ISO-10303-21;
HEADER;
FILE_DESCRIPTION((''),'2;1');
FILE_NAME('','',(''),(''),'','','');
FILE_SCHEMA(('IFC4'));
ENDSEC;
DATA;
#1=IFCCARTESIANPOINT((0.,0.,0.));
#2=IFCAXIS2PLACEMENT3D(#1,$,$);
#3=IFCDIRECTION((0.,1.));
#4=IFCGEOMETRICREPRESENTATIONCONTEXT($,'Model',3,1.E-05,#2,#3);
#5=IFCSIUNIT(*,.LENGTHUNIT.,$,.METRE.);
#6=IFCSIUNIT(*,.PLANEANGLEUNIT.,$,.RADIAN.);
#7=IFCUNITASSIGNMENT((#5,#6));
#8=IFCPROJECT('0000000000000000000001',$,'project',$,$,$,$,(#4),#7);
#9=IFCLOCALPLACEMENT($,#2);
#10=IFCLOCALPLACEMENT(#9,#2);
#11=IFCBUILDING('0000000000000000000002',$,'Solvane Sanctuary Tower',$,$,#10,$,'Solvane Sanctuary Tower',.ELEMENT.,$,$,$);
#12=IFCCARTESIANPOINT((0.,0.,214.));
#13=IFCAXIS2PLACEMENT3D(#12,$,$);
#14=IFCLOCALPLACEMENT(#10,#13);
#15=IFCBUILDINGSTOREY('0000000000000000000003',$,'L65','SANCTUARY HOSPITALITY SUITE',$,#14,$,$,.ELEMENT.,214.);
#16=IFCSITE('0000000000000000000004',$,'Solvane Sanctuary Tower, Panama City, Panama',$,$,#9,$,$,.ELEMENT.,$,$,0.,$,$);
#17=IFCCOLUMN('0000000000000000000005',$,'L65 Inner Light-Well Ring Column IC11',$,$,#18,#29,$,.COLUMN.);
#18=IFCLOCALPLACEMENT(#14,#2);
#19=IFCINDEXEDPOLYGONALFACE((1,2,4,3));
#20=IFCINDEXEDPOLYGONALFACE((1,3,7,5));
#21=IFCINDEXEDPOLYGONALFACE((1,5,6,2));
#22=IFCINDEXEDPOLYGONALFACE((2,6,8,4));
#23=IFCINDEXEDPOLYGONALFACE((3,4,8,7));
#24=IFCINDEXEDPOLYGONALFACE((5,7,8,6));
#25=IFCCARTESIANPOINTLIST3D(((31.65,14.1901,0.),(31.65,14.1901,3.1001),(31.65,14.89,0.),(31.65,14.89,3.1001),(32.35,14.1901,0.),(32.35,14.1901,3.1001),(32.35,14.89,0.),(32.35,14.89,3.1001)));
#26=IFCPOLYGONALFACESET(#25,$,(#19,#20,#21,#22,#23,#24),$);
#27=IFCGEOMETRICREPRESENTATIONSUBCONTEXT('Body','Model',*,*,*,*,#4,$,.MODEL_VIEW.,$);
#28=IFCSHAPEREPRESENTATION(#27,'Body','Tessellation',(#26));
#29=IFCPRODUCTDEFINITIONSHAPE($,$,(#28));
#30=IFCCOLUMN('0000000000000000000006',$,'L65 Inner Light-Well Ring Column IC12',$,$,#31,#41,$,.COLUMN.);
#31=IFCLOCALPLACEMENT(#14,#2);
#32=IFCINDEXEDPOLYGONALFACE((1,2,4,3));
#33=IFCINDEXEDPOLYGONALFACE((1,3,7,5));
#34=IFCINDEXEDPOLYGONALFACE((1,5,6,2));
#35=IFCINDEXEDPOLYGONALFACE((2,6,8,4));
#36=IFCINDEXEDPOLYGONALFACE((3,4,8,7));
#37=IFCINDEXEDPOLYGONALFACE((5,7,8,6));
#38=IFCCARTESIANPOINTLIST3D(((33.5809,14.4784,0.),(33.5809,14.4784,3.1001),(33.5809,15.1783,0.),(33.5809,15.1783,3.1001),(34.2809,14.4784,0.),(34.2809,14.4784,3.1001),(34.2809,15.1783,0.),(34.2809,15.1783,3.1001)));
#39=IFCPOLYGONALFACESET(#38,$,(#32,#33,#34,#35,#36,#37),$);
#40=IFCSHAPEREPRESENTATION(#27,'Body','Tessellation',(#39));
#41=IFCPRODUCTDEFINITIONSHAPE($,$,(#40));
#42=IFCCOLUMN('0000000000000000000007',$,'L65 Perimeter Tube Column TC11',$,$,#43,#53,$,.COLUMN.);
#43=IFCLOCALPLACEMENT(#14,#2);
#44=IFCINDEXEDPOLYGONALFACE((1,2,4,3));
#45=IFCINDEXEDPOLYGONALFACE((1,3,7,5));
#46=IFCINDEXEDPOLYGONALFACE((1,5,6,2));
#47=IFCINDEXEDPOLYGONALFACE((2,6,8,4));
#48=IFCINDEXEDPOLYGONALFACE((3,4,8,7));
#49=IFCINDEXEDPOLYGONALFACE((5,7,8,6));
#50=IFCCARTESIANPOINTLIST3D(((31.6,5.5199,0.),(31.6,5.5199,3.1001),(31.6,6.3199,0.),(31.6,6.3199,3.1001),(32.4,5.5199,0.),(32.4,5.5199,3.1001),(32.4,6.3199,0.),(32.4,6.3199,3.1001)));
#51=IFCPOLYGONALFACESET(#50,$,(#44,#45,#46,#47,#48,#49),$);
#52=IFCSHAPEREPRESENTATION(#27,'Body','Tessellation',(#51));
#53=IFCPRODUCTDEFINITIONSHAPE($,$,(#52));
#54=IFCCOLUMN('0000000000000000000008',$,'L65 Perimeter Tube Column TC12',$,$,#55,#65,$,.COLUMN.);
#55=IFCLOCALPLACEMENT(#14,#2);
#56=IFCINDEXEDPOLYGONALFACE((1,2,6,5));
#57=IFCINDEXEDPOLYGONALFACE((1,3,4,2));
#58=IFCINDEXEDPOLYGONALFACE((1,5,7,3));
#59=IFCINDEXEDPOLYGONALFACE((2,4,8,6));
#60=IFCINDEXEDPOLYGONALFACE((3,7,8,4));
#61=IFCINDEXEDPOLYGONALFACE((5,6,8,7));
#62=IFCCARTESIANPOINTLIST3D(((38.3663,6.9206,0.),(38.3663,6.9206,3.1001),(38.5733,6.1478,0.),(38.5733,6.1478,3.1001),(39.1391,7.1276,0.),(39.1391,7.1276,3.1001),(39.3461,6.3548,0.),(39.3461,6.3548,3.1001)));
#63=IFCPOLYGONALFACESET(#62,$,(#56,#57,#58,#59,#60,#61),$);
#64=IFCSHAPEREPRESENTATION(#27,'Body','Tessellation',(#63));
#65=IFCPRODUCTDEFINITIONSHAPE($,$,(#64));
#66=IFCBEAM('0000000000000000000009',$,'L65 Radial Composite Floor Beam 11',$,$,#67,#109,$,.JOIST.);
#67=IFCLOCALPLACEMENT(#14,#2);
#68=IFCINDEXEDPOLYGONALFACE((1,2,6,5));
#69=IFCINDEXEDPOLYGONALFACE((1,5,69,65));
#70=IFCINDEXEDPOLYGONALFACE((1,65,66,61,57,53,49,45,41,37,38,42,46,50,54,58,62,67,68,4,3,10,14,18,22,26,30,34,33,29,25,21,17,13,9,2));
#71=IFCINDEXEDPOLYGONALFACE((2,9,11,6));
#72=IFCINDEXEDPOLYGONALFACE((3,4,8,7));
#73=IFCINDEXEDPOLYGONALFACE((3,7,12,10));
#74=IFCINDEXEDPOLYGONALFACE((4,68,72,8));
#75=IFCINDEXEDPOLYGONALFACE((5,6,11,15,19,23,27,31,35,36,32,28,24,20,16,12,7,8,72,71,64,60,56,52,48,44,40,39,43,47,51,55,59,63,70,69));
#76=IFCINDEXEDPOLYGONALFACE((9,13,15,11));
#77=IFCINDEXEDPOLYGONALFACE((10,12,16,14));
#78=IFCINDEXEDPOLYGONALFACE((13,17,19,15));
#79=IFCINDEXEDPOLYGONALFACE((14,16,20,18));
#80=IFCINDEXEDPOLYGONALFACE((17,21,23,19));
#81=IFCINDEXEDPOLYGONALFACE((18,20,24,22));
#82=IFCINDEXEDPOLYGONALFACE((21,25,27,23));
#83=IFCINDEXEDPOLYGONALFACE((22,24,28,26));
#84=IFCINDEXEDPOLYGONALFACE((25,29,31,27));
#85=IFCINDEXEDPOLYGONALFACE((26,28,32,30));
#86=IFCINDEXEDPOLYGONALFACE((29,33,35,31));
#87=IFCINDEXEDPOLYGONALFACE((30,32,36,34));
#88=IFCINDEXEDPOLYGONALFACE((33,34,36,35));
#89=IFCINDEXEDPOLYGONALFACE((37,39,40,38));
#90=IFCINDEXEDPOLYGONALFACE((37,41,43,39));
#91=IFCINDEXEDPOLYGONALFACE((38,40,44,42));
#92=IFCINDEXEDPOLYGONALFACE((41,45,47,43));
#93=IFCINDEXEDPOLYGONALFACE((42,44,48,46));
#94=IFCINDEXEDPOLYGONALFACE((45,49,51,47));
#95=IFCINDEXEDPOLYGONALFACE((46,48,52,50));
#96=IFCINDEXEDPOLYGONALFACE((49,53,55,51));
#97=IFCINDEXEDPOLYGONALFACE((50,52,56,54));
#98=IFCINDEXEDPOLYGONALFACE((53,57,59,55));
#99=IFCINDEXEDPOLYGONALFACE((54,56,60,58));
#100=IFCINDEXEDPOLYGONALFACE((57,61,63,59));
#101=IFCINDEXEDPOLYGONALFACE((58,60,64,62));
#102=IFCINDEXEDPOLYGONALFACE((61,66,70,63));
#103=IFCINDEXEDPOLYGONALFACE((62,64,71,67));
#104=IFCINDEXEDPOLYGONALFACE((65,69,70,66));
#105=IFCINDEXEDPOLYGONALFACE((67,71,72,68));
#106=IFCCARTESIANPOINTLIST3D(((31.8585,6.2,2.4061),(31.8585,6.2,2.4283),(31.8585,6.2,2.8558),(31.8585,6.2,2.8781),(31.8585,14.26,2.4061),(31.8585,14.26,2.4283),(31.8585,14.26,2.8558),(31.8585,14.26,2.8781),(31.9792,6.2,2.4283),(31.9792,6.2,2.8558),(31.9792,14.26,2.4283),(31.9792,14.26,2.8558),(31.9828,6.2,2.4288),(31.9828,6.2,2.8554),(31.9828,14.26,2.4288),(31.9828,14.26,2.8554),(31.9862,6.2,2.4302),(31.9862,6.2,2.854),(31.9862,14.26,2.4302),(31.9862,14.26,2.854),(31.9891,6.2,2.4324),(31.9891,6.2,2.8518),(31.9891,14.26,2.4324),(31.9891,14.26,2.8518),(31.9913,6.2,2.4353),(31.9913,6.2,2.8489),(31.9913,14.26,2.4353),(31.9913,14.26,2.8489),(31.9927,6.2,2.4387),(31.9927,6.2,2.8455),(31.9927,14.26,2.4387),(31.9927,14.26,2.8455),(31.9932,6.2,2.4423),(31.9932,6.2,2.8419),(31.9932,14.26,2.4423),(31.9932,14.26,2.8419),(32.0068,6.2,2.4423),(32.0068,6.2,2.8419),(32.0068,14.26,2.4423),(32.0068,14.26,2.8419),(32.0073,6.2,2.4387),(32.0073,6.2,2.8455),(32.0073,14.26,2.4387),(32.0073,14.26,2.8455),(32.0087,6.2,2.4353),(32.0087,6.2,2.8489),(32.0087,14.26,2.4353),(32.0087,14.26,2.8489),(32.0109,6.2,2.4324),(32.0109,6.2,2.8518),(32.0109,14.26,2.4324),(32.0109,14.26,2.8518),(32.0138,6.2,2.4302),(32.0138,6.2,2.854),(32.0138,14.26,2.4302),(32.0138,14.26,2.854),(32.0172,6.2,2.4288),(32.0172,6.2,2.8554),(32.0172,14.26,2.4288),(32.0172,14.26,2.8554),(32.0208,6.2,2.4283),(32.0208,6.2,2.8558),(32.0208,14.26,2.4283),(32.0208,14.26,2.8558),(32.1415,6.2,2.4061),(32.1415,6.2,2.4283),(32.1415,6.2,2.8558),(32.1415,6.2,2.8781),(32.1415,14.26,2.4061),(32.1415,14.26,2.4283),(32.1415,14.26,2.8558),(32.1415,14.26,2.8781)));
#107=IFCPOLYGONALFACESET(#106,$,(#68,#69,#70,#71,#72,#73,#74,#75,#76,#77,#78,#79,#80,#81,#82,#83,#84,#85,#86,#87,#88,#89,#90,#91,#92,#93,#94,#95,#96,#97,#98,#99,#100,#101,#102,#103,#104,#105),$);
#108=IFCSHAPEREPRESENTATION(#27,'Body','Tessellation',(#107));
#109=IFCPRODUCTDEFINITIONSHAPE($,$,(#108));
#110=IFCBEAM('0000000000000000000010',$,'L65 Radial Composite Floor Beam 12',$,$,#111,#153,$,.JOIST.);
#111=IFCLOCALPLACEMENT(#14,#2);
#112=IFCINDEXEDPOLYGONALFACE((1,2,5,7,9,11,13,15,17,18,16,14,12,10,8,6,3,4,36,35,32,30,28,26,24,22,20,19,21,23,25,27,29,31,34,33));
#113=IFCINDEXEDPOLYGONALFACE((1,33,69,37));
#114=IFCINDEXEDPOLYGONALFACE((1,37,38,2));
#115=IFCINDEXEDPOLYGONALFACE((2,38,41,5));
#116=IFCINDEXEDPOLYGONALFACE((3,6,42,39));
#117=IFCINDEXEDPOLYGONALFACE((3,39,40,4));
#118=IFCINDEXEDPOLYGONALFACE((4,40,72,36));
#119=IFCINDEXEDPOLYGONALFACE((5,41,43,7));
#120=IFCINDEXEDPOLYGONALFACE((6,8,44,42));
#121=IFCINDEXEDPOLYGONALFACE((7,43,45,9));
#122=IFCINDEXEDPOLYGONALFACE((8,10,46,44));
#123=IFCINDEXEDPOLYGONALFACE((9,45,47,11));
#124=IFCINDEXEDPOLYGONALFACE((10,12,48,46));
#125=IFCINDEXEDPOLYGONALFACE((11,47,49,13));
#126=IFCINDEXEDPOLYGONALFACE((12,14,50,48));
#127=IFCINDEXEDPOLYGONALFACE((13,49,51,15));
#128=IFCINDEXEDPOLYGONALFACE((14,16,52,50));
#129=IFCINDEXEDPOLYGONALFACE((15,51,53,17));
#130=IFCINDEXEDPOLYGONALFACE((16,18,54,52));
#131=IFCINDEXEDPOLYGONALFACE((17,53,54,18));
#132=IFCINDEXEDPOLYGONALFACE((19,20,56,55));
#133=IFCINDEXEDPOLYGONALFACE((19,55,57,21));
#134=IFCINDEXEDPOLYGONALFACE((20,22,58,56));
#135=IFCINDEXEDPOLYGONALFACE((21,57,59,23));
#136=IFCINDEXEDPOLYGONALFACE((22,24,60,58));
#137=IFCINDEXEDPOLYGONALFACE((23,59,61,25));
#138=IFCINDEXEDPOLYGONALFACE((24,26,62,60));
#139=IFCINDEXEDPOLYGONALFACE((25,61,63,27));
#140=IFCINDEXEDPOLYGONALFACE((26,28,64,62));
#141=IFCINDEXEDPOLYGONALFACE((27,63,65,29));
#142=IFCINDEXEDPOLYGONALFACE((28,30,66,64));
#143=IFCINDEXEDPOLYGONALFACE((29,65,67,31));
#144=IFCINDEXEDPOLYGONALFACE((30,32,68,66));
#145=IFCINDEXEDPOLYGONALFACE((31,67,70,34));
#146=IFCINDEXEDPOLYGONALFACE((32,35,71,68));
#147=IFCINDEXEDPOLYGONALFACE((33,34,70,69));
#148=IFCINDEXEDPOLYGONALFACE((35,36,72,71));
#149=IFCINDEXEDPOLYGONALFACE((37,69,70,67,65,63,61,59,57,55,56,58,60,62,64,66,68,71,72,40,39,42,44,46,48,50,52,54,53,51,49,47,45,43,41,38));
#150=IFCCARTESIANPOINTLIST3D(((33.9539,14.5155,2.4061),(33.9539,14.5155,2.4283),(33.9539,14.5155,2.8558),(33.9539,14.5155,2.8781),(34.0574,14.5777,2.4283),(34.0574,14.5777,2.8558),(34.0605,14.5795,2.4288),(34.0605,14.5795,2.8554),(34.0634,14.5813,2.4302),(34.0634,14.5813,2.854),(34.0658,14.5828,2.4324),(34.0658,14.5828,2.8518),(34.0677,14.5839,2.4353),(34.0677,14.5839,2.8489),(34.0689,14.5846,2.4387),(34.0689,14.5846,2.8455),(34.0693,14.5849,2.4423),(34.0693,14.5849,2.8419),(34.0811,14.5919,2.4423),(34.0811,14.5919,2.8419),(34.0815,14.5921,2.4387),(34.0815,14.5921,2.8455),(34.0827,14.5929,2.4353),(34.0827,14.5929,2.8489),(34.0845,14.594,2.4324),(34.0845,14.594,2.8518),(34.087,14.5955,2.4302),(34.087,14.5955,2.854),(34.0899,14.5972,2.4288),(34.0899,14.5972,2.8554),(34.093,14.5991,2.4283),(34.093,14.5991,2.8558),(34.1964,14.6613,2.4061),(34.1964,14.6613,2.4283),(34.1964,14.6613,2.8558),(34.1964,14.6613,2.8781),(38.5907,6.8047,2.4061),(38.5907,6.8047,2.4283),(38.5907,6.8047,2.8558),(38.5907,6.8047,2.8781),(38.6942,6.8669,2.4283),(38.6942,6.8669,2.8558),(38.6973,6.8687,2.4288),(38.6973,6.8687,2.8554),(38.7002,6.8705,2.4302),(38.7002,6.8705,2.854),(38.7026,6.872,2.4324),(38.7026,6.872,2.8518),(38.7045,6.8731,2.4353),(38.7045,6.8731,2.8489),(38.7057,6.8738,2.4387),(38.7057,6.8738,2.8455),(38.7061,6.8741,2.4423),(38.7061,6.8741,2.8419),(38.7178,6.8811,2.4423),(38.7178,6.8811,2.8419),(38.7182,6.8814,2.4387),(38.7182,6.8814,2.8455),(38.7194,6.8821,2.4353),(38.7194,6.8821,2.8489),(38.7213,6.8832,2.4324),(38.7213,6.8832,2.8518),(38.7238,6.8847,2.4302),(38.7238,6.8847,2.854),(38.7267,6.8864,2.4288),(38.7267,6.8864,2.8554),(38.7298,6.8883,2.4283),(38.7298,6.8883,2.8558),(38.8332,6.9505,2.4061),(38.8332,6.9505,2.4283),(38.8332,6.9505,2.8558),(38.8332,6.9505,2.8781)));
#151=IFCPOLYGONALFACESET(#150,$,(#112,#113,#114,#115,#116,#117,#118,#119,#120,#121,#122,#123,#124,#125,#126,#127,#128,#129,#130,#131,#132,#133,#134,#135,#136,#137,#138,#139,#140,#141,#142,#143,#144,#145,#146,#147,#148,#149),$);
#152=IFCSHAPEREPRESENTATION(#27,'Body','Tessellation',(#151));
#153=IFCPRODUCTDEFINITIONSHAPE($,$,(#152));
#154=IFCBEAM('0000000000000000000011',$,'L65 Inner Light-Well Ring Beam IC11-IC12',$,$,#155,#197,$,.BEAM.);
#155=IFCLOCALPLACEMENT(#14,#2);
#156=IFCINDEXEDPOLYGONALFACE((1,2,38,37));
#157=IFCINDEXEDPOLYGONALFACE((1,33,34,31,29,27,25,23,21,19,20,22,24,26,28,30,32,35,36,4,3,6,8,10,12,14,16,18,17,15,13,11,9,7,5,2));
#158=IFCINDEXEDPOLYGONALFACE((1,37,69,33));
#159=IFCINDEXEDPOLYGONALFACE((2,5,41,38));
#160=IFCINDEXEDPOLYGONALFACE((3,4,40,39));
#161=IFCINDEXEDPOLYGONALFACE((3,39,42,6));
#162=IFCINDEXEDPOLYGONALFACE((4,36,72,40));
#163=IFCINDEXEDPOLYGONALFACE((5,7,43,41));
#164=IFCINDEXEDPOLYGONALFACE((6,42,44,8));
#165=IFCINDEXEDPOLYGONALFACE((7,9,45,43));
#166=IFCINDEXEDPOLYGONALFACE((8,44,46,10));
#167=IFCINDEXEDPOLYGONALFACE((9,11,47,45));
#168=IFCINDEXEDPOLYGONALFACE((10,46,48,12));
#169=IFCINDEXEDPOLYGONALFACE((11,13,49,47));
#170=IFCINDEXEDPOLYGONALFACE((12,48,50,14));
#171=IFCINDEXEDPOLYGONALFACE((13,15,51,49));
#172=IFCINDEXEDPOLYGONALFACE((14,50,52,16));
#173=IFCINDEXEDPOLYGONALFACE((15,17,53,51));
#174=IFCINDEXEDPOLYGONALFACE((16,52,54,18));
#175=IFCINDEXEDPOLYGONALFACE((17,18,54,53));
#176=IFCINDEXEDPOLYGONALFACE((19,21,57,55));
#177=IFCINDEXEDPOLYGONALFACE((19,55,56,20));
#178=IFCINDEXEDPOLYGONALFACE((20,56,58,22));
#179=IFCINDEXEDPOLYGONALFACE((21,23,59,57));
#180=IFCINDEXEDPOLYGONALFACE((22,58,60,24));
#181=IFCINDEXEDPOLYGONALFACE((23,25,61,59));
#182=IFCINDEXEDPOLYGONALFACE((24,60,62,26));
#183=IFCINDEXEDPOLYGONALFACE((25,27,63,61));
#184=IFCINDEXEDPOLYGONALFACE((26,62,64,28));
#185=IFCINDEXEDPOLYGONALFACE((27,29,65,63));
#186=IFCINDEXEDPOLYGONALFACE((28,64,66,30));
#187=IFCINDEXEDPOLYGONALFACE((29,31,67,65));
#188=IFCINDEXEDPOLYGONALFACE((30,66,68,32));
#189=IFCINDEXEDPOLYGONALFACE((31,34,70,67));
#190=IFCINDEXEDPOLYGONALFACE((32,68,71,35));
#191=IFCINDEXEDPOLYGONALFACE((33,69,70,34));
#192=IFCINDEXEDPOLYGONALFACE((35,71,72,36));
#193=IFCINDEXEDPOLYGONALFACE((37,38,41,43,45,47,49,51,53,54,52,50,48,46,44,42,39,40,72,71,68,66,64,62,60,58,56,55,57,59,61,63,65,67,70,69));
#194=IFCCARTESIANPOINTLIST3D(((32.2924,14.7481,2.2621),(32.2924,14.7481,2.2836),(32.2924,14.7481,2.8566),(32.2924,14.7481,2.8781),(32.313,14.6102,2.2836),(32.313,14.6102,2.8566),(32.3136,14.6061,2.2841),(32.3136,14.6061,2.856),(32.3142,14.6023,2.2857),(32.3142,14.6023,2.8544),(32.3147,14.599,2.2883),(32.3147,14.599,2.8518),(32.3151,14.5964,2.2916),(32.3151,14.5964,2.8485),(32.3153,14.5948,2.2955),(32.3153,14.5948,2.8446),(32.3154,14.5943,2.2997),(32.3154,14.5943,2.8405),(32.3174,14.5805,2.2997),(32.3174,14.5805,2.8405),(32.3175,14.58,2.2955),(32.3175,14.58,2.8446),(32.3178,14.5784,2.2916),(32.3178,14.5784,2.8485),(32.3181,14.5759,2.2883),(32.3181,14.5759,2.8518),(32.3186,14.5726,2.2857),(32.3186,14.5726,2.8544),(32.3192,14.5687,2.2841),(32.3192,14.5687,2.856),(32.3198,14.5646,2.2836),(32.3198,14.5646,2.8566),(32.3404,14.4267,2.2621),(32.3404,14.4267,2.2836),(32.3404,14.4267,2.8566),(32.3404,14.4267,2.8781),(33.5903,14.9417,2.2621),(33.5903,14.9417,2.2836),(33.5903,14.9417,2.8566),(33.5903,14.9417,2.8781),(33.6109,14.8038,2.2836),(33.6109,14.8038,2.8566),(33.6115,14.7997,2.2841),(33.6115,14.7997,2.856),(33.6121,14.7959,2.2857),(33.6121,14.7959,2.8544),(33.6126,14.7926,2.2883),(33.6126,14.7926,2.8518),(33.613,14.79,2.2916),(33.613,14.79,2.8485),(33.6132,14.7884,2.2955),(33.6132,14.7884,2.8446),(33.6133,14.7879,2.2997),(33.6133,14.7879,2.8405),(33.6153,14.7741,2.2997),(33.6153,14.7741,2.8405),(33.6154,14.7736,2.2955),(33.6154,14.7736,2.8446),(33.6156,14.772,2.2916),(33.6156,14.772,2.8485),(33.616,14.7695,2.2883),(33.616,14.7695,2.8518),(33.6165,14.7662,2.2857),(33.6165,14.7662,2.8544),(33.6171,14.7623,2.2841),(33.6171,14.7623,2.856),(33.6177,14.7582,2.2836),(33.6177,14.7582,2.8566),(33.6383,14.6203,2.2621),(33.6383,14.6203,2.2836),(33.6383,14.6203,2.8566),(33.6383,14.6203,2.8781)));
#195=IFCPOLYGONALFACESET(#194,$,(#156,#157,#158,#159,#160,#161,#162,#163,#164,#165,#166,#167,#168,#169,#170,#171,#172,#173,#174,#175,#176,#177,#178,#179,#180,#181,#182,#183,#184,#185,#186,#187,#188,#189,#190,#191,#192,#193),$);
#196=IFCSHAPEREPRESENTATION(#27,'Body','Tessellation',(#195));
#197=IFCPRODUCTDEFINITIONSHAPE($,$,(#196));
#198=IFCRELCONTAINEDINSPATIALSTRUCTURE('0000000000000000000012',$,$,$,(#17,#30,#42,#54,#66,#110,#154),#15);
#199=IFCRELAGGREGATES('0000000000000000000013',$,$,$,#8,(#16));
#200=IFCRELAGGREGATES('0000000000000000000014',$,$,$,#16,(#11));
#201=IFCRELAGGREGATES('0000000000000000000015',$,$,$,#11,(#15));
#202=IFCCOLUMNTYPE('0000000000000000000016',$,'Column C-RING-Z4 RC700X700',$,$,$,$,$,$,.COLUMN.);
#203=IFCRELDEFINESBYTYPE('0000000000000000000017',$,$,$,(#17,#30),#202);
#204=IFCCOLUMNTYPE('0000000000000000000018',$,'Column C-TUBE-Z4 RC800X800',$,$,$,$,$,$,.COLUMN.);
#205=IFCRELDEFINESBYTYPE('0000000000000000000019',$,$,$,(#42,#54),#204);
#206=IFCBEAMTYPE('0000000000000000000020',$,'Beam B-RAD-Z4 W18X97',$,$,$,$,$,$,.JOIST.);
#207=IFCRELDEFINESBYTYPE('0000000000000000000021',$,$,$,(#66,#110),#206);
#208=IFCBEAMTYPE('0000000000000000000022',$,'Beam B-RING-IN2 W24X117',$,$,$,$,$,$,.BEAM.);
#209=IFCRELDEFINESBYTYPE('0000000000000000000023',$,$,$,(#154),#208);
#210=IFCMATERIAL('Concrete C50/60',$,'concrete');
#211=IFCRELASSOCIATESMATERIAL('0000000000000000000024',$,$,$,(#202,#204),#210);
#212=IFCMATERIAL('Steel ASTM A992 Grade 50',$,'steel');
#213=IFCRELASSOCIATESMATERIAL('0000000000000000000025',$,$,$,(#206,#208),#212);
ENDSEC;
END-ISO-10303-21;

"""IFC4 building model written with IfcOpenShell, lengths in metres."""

from ifc_helpers import new_model, si_unit, direction, frame, origin, origin_2d, place, context, subcontext, project, spatial, rectangle, i_section, extrude, material, material_profile, profile_set, type_object, element, save


model = new_model("IFC4")

# Units and contexts
model_context = context("Model", 3, precision=1e-05, world=origin(), true_north=direction((0.0, 1.0)))
body_context = subcontext(model_context, "Body", "Model", "MODEL_VIEW")
ifc_project = project(units=[si_unit("LENGTHUNIT", "METRE"), si_unit("PLANEANGLEUNIT", "RADIAN")], contexts=[model_context])

# Site, building, storey
site_placement = place(None, origin())
site = spatial("IfcSite", under=ifc_project, at=site_placement, Name="Solvane Sanctuary Tower, Panama City, Panama", CompositionType="ELEMENT", RefElevation=0.0)
building_placement = place(site_placement, origin())
building = spatial("IfcBuilding", under=site, at=building_placement, Name="Solvane Sanctuary Tower", LongName="Solvane Sanctuary Tower", CompositionType="ELEMENT")
storey_placement = place(building_placement, frame((0.0, 0.0, 214.0)))
storey = spatial("IfcBuildingStorey", under=building, at=storey_placement, Name="L65", Description="SANCTUARY HOSPITALITY SUITE", CompositionType="ELEMENT", Elevation=214.0)

# Columns
ifc_material_1 = material(Name="Concrete C50/60", Category="concrete")
ifc_material_profile_1 = material_profile(ifc_material_1, rectangle(XDim=0.7, YDim=0.7, at=origin_2d()), Name="RC700X700")
ifc_profile_set_1 = profile_set([ifc_material_profile_1], Name="Concrete C50/60")
column_type_1 = type_object("IfcColumnType", Name="Column C-RING-Z4 RC700X700", PredefinedType="COLUMN", material=ifc_profile_set_1)
for number, where, z_axis, x_axis, name in (
    (1, (32.0, 14.54, 0.0), (0.0, 0.0, 1.0), (1.0, 0.0, 0.0), "L65 Inner Light-Well Ring Column IC11"),
    (2, (33.9309, 14.8284, 0.0), (0.0, 0.0, 1.0), (1.0, 0.0, 0.0), "L65 Inner Light-Well Ring Column IC12"),
):
    element("IfcColumn", number, at=place(storey_placement, frame(where, z_axis=z_axis, x_axis=x_axis)), inside=storey, type_object=column_type_1, Name=name, PredefinedType="COLUMN", context=body_context, shape_type="SweptSolid", body=[
        extrude(rectangle(XDim=0.7, YDim=0.7, at=origin_2d()), origin(), (0.0, 0.0, 1.0), 3.1001),
    ])
ifc_material_profile_2 = material_profile(ifc_material_1, rectangle(XDim=0.8, YDim=0.8, at=origin_2d()), Name="RC800X800")
ifc_profile_set_2 = profile_set([ifc_material_profile_2], Name="Concrete C50/60")
column_type_2 = type_object("IfcColumnType", Name="Column C-TUBE-Z4 RC800X800", PredefinedType="COLUMN", material=ifc_profile_set_2)
for number, where, z_axis, x_axis, name in (
    (3, (32.0, 5.9199, 0.0), (0.0, 0.0, 1.0), (0.0, -1.0, 0.0), "L65 Perimeter Tube Column TC11"),
    (4, (38.8562, 6.6377, 0.0), (0.0, 0.0, 1.0), (0.258819, -0.965926, 0.0), "L65 Perimeter Tube Column TC12"),
):
    element("IfcColumn", number, at=place(storey_placement, frame(where, z_axis=z_axis, x_axis=x_axis)), inside=storey, type_object=column_type_2, Name=name, PredefinedType="COLUMN", context=body_context, shape_type="SweptSolid", body=[
        extrude(rectangle(XDim=0.8, YDim=0.8, at=origin_2d()), origin(), (0.0, 0.0, 1.0), 3.1001),
    ])

# Beams
ifc_material_2 = material(Name="Steel ASTM A992 Grade 50", Category="steel")
ifc_material_profile_3 = material_profile(ifc_material_2, i_section(OverallWidth=0.283, OverallDepth=0.4719, WebThickness=0.0137, FlangeThickness=0.0222, FilletRadius=0.0139, at=origin_2d()), Name="W18X97")
ifc_profile_set_3 = profile_set([ifc_material_profile_3], Name="Steel ASTM A992 Grade 50")
beam_type_1 = type_object("IfcBeamType", Name="Beam B-RAD-Z4 W18X97", PredefinedType="JOIST", material=ifc_profile_set_3)
beam_1_placement = place(storey_placement, frame((32.0, 14.26, 2.6421), z_axis=(0.0, -1.0, 0.0), x_axis=(1.0, 0.0, 0.0)))
element("IfcBeam", 5, at=beam_1_placement, inside=storey, type_object=beam_type_1, Name="L65 Radial Composite Floor Beam 11", PredefinedType="JOIST", context=body_context, shape_type="SweptSolid", body=[
    extrude(i_section(OverallWidth=0.283, OverallDepth=0.4719, WebThickness=0.0137, FlangeThickness=0.0222, FilletRadius=0.0139, at=origin_2d()), origin(), (0.0, 0.0, 1.0), 8.0601),
])
beam_2_placement = place(storey_placement, frame((34.0752, 14.5884, 2.6421), z_axis=(0.515337, -0.856987, 0.0), x_axis=(0.856987, 0.515337, 0.0)))
element("IfcBeam", 6, at=beam_2_placement, inside=storey, type_object=beam_type_1, Name="L65 Radial Composite Floor Beam 12", PredefinedType="JOIST", context=body_context, shape_type="SweptSolid", body=[
    extrude(i_section(OverallWidth=0.283, OverallDepth=0.4719, WebThickness=0.0137, FlangeThickness=0.0222, FilletRadius=0.0139, at=origin_2d()), origin(), (0.0, 0.0, 1.0), 8.9976),
])
ifc_material_profile_4 = material_profile(ifc_material_2, i_section(OverallWidth=0.325, OverallDepth=0.616, WebThickness=0.0139, FlangeThickness=0.0215, FilletRadius=0.0161, at=origin_2d()), Name="W24X117")
ifc_profile_set_4 = profile_set([ifc_material_profile_4], Name="Steel ASTM A992 Grade 50")
beam_type_2 = type_object("IfcBeamType", Name="Beam B-RING-IN2 W24X117", PredefinedType="BEAM", material=ifc_profile_set_4)
beam_3_placement = place(storey_placement, frame((32.3164, 14.5874, 2.5701), z_axis=(0.989056, 0.14754, 0.0), x_axis=(-0.14754, 0.989056, 0.0)))
element("IfcBeam", 7, at=beam_3_placement, inside=storey, type_object=beam_type_2, Name="L65 Inner Light-Well Ring Beam IC11-IC12", PredefinedType="BEAM", context=body_context, shape_type="SweptSolid", body=[
    extrude(i_section(OverallWidth=0.325, OverallDepth=0.616, WebThickness=0.0139, FlangeThickness=0.0215, FilletRadius=0.0161, at=origin_2d()), origin(), (0.0, 0.0, 1.0), 1.3123),
])

save(model, "model.ifc")
